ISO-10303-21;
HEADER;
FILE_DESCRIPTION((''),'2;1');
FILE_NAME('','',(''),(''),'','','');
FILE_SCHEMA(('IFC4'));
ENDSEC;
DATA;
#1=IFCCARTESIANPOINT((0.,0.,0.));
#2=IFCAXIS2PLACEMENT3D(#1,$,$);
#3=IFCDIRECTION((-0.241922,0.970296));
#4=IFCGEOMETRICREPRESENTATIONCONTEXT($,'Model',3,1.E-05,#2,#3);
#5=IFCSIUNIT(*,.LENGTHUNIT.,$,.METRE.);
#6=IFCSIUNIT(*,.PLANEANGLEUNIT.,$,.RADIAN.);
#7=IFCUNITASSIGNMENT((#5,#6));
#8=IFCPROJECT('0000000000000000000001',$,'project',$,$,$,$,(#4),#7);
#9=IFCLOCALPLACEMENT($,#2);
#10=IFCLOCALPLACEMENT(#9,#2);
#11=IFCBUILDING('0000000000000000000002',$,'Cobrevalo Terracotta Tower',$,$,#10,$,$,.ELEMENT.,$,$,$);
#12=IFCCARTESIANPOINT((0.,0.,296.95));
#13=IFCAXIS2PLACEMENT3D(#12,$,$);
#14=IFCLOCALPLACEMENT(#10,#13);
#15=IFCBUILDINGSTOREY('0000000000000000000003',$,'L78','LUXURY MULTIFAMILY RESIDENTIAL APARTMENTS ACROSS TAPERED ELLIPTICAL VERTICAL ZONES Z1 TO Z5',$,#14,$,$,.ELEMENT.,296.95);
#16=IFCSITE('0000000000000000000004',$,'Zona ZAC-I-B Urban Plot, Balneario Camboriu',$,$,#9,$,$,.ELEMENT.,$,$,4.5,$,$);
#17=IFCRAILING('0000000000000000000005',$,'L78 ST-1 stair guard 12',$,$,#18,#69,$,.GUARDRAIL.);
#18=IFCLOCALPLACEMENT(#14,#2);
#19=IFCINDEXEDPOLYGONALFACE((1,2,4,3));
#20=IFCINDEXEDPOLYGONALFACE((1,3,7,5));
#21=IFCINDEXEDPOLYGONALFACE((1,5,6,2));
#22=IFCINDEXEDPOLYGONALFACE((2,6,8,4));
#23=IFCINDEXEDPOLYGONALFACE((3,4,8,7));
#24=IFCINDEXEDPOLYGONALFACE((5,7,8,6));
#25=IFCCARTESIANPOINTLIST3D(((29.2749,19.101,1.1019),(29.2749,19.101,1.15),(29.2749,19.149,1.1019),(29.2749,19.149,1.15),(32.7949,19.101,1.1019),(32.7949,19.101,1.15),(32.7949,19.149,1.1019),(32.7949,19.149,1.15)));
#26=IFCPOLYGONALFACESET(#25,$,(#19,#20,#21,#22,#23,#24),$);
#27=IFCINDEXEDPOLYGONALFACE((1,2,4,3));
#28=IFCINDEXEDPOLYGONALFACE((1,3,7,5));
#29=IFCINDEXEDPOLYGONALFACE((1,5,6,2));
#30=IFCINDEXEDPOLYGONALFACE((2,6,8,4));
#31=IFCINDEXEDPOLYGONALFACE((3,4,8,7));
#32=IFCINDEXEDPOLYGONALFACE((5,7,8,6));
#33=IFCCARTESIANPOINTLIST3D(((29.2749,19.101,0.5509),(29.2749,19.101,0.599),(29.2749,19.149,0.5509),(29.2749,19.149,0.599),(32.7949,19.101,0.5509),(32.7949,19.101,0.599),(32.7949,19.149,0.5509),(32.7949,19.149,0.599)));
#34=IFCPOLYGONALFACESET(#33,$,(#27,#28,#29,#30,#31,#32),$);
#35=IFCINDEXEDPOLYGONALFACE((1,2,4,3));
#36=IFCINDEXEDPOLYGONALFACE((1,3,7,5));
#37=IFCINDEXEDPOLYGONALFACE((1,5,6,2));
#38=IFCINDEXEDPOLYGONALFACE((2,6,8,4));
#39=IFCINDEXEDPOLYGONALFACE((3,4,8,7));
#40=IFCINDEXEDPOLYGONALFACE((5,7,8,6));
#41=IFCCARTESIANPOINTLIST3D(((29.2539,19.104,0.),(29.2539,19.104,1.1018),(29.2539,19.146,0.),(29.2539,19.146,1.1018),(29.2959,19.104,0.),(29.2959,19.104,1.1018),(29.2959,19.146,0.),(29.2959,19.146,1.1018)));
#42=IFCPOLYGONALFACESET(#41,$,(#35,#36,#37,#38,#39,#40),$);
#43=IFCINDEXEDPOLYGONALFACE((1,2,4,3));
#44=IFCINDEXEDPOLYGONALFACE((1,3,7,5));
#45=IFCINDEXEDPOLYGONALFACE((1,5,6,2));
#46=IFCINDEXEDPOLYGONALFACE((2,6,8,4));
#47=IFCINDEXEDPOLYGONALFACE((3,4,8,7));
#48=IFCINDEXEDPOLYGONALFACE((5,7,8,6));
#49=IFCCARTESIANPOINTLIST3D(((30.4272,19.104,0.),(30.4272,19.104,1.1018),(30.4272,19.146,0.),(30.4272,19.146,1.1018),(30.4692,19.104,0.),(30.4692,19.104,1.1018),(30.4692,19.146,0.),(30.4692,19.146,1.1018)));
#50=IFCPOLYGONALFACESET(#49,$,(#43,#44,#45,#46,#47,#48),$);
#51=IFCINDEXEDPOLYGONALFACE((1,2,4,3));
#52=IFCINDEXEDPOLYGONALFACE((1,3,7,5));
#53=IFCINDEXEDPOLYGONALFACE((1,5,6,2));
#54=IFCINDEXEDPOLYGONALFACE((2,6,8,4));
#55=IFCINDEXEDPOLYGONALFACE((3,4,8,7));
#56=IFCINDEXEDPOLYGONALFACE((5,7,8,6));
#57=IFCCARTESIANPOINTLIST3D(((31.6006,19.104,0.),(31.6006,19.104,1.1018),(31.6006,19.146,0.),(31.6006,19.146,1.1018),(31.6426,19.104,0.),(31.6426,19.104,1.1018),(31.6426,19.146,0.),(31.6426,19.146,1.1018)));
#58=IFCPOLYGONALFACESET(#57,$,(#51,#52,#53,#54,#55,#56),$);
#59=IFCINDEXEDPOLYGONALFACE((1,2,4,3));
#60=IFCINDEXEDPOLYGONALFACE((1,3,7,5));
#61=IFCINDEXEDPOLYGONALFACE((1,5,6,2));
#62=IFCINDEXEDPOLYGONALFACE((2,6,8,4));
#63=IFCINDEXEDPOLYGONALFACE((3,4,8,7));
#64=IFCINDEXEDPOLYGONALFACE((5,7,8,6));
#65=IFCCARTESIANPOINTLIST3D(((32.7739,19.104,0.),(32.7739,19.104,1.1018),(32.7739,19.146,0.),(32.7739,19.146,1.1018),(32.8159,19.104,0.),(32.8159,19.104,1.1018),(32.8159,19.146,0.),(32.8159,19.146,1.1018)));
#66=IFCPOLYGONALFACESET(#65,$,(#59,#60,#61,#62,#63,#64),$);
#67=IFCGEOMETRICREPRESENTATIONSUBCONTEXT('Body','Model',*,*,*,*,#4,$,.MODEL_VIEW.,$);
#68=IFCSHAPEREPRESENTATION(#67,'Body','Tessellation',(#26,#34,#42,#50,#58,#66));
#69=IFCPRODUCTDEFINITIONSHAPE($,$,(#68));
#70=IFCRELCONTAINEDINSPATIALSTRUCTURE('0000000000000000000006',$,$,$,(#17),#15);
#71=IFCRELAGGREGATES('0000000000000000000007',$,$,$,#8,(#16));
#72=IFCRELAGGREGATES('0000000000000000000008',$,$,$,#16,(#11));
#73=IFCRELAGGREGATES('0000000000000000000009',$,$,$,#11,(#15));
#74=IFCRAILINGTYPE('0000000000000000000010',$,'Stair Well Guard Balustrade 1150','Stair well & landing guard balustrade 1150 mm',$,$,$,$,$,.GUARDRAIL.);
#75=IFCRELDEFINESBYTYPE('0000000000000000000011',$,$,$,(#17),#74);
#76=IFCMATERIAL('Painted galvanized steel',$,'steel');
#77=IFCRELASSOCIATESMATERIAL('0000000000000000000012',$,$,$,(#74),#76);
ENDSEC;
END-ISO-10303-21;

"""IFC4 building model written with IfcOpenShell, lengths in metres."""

from ifc_helpers import new_model, si_unit, direction, frame, origin, origin_2d, place, context, subcontext, project, spatial, rectangle, extrude, material, type_object, element, save


model = new_model("IFC4")

# Units and contexts
model_context = context("Model", 3, precision=1e-05, world=origin(), true_north=direction((-0.241922, 0.970296)))
body_context = subcontext(model_context, "Body", "Model", "MODEL_VIEW")
ifc_project = project(units=[si_unit("LENGTHUNIT", "METRE"), si_unit("PLANEANGLEUNIT", "RADIAN")], contexts=[model_context])

# Site, building, storey
site_placement = place(None, origin())
site = spatial("IfcSite", under=ifc_project, at=site_placement, Name="Zona ZAC-I-B Urban Plot, Balneario Camboriu", CompositionType="ELEMENT", RefElevation=4.5)
building_placement = place(site_placement, origin())
building = spatial("IfcBuilding", under=site, at=building_placement, Name="Cobrevalo Terracotta Tower", CompositionType="ELEMENT")
storey_placement = place(building_placement, frame((0.0, 0.0, 296.95)))
storey = spatial("IfcBuildingStorey", under=building, at=storey_placement, Name="L78", Description="LUXURY MULTIFAMILY RESIDENTIAL APARTMENTS ACROSS TAPERED ELLIPTICAL VERTICAL ZONES Z1 TO Z5", CompositionType="ELEMENT", Elevation=296.95)

# Railing
ifc_material_1 = material(Name="Painted galvanized steel", Category="steel")
railing_type_1 = type_object("IfcRailingType", Name="Stair Well Guard Balustrade 1150", Description="Stair well & landing guard balustrade 1150 mm", PredefinedType="GUARDRAIL", material=ifc_material_1)
railing_1_placement = place(storey_placement, frame((29.2749, 19.125, 0.0)))
element("IfcRailing", 1, at=railing_1_placement, inside=storey, type_object=railing_type_1, Name="L78 ST-1 stair guard 12", PredefinedType="GUARDRAIL", context=body_context, shape_type="SweptSolid", body=[
    extrude(rectangle(XDim=0.0481, YDim=0.0481, at=origin_2d()), frame((0.0, 0.0, 1.126), z_axis=(1.0, 0.0, 0.0), x_axis=(0.0, 1.0, 0.0)), (0.0, 0.0, 1.0), 3.52),
    extrude(rectangle(XDim=0.0481, YDim=0.0481, at=origin_2d()), frame((0.0, 0.0, 0.575), z_axis=(1.0, 0.0, 0.0), x_axis=(0.0, 1.0, 0.0)), (0.0, 0.0, 1.0), 3.52),
    extrude(rectangle(XDim=0.042, YDim=0.042, at=origin_2d()), origin(), (0.0, 0.0, 1.0), 1.1018),
    extrude(rectangle(XDim=0.042, YDim=0.042, at=origin_2d()), frame((1.1733, 0.0, 0.0)), (0.0, 0.0, 1.0), 1.1018),
    extrude(rectangle(XDim=0.042, YDim=0.042, at=origin_2d()), frame((2.3467, 0.0, 0.0)), (0.0, 0.0, 1.0), 1.1018),
    extrude(rectangle(XDim=0.042, YDim=0.042, at=origin_2d()), frame((3.52, 0.0, 0.0)), (0.0, 0.0, 1.0), 1.1018),
])

save(model, "model.ifc")
